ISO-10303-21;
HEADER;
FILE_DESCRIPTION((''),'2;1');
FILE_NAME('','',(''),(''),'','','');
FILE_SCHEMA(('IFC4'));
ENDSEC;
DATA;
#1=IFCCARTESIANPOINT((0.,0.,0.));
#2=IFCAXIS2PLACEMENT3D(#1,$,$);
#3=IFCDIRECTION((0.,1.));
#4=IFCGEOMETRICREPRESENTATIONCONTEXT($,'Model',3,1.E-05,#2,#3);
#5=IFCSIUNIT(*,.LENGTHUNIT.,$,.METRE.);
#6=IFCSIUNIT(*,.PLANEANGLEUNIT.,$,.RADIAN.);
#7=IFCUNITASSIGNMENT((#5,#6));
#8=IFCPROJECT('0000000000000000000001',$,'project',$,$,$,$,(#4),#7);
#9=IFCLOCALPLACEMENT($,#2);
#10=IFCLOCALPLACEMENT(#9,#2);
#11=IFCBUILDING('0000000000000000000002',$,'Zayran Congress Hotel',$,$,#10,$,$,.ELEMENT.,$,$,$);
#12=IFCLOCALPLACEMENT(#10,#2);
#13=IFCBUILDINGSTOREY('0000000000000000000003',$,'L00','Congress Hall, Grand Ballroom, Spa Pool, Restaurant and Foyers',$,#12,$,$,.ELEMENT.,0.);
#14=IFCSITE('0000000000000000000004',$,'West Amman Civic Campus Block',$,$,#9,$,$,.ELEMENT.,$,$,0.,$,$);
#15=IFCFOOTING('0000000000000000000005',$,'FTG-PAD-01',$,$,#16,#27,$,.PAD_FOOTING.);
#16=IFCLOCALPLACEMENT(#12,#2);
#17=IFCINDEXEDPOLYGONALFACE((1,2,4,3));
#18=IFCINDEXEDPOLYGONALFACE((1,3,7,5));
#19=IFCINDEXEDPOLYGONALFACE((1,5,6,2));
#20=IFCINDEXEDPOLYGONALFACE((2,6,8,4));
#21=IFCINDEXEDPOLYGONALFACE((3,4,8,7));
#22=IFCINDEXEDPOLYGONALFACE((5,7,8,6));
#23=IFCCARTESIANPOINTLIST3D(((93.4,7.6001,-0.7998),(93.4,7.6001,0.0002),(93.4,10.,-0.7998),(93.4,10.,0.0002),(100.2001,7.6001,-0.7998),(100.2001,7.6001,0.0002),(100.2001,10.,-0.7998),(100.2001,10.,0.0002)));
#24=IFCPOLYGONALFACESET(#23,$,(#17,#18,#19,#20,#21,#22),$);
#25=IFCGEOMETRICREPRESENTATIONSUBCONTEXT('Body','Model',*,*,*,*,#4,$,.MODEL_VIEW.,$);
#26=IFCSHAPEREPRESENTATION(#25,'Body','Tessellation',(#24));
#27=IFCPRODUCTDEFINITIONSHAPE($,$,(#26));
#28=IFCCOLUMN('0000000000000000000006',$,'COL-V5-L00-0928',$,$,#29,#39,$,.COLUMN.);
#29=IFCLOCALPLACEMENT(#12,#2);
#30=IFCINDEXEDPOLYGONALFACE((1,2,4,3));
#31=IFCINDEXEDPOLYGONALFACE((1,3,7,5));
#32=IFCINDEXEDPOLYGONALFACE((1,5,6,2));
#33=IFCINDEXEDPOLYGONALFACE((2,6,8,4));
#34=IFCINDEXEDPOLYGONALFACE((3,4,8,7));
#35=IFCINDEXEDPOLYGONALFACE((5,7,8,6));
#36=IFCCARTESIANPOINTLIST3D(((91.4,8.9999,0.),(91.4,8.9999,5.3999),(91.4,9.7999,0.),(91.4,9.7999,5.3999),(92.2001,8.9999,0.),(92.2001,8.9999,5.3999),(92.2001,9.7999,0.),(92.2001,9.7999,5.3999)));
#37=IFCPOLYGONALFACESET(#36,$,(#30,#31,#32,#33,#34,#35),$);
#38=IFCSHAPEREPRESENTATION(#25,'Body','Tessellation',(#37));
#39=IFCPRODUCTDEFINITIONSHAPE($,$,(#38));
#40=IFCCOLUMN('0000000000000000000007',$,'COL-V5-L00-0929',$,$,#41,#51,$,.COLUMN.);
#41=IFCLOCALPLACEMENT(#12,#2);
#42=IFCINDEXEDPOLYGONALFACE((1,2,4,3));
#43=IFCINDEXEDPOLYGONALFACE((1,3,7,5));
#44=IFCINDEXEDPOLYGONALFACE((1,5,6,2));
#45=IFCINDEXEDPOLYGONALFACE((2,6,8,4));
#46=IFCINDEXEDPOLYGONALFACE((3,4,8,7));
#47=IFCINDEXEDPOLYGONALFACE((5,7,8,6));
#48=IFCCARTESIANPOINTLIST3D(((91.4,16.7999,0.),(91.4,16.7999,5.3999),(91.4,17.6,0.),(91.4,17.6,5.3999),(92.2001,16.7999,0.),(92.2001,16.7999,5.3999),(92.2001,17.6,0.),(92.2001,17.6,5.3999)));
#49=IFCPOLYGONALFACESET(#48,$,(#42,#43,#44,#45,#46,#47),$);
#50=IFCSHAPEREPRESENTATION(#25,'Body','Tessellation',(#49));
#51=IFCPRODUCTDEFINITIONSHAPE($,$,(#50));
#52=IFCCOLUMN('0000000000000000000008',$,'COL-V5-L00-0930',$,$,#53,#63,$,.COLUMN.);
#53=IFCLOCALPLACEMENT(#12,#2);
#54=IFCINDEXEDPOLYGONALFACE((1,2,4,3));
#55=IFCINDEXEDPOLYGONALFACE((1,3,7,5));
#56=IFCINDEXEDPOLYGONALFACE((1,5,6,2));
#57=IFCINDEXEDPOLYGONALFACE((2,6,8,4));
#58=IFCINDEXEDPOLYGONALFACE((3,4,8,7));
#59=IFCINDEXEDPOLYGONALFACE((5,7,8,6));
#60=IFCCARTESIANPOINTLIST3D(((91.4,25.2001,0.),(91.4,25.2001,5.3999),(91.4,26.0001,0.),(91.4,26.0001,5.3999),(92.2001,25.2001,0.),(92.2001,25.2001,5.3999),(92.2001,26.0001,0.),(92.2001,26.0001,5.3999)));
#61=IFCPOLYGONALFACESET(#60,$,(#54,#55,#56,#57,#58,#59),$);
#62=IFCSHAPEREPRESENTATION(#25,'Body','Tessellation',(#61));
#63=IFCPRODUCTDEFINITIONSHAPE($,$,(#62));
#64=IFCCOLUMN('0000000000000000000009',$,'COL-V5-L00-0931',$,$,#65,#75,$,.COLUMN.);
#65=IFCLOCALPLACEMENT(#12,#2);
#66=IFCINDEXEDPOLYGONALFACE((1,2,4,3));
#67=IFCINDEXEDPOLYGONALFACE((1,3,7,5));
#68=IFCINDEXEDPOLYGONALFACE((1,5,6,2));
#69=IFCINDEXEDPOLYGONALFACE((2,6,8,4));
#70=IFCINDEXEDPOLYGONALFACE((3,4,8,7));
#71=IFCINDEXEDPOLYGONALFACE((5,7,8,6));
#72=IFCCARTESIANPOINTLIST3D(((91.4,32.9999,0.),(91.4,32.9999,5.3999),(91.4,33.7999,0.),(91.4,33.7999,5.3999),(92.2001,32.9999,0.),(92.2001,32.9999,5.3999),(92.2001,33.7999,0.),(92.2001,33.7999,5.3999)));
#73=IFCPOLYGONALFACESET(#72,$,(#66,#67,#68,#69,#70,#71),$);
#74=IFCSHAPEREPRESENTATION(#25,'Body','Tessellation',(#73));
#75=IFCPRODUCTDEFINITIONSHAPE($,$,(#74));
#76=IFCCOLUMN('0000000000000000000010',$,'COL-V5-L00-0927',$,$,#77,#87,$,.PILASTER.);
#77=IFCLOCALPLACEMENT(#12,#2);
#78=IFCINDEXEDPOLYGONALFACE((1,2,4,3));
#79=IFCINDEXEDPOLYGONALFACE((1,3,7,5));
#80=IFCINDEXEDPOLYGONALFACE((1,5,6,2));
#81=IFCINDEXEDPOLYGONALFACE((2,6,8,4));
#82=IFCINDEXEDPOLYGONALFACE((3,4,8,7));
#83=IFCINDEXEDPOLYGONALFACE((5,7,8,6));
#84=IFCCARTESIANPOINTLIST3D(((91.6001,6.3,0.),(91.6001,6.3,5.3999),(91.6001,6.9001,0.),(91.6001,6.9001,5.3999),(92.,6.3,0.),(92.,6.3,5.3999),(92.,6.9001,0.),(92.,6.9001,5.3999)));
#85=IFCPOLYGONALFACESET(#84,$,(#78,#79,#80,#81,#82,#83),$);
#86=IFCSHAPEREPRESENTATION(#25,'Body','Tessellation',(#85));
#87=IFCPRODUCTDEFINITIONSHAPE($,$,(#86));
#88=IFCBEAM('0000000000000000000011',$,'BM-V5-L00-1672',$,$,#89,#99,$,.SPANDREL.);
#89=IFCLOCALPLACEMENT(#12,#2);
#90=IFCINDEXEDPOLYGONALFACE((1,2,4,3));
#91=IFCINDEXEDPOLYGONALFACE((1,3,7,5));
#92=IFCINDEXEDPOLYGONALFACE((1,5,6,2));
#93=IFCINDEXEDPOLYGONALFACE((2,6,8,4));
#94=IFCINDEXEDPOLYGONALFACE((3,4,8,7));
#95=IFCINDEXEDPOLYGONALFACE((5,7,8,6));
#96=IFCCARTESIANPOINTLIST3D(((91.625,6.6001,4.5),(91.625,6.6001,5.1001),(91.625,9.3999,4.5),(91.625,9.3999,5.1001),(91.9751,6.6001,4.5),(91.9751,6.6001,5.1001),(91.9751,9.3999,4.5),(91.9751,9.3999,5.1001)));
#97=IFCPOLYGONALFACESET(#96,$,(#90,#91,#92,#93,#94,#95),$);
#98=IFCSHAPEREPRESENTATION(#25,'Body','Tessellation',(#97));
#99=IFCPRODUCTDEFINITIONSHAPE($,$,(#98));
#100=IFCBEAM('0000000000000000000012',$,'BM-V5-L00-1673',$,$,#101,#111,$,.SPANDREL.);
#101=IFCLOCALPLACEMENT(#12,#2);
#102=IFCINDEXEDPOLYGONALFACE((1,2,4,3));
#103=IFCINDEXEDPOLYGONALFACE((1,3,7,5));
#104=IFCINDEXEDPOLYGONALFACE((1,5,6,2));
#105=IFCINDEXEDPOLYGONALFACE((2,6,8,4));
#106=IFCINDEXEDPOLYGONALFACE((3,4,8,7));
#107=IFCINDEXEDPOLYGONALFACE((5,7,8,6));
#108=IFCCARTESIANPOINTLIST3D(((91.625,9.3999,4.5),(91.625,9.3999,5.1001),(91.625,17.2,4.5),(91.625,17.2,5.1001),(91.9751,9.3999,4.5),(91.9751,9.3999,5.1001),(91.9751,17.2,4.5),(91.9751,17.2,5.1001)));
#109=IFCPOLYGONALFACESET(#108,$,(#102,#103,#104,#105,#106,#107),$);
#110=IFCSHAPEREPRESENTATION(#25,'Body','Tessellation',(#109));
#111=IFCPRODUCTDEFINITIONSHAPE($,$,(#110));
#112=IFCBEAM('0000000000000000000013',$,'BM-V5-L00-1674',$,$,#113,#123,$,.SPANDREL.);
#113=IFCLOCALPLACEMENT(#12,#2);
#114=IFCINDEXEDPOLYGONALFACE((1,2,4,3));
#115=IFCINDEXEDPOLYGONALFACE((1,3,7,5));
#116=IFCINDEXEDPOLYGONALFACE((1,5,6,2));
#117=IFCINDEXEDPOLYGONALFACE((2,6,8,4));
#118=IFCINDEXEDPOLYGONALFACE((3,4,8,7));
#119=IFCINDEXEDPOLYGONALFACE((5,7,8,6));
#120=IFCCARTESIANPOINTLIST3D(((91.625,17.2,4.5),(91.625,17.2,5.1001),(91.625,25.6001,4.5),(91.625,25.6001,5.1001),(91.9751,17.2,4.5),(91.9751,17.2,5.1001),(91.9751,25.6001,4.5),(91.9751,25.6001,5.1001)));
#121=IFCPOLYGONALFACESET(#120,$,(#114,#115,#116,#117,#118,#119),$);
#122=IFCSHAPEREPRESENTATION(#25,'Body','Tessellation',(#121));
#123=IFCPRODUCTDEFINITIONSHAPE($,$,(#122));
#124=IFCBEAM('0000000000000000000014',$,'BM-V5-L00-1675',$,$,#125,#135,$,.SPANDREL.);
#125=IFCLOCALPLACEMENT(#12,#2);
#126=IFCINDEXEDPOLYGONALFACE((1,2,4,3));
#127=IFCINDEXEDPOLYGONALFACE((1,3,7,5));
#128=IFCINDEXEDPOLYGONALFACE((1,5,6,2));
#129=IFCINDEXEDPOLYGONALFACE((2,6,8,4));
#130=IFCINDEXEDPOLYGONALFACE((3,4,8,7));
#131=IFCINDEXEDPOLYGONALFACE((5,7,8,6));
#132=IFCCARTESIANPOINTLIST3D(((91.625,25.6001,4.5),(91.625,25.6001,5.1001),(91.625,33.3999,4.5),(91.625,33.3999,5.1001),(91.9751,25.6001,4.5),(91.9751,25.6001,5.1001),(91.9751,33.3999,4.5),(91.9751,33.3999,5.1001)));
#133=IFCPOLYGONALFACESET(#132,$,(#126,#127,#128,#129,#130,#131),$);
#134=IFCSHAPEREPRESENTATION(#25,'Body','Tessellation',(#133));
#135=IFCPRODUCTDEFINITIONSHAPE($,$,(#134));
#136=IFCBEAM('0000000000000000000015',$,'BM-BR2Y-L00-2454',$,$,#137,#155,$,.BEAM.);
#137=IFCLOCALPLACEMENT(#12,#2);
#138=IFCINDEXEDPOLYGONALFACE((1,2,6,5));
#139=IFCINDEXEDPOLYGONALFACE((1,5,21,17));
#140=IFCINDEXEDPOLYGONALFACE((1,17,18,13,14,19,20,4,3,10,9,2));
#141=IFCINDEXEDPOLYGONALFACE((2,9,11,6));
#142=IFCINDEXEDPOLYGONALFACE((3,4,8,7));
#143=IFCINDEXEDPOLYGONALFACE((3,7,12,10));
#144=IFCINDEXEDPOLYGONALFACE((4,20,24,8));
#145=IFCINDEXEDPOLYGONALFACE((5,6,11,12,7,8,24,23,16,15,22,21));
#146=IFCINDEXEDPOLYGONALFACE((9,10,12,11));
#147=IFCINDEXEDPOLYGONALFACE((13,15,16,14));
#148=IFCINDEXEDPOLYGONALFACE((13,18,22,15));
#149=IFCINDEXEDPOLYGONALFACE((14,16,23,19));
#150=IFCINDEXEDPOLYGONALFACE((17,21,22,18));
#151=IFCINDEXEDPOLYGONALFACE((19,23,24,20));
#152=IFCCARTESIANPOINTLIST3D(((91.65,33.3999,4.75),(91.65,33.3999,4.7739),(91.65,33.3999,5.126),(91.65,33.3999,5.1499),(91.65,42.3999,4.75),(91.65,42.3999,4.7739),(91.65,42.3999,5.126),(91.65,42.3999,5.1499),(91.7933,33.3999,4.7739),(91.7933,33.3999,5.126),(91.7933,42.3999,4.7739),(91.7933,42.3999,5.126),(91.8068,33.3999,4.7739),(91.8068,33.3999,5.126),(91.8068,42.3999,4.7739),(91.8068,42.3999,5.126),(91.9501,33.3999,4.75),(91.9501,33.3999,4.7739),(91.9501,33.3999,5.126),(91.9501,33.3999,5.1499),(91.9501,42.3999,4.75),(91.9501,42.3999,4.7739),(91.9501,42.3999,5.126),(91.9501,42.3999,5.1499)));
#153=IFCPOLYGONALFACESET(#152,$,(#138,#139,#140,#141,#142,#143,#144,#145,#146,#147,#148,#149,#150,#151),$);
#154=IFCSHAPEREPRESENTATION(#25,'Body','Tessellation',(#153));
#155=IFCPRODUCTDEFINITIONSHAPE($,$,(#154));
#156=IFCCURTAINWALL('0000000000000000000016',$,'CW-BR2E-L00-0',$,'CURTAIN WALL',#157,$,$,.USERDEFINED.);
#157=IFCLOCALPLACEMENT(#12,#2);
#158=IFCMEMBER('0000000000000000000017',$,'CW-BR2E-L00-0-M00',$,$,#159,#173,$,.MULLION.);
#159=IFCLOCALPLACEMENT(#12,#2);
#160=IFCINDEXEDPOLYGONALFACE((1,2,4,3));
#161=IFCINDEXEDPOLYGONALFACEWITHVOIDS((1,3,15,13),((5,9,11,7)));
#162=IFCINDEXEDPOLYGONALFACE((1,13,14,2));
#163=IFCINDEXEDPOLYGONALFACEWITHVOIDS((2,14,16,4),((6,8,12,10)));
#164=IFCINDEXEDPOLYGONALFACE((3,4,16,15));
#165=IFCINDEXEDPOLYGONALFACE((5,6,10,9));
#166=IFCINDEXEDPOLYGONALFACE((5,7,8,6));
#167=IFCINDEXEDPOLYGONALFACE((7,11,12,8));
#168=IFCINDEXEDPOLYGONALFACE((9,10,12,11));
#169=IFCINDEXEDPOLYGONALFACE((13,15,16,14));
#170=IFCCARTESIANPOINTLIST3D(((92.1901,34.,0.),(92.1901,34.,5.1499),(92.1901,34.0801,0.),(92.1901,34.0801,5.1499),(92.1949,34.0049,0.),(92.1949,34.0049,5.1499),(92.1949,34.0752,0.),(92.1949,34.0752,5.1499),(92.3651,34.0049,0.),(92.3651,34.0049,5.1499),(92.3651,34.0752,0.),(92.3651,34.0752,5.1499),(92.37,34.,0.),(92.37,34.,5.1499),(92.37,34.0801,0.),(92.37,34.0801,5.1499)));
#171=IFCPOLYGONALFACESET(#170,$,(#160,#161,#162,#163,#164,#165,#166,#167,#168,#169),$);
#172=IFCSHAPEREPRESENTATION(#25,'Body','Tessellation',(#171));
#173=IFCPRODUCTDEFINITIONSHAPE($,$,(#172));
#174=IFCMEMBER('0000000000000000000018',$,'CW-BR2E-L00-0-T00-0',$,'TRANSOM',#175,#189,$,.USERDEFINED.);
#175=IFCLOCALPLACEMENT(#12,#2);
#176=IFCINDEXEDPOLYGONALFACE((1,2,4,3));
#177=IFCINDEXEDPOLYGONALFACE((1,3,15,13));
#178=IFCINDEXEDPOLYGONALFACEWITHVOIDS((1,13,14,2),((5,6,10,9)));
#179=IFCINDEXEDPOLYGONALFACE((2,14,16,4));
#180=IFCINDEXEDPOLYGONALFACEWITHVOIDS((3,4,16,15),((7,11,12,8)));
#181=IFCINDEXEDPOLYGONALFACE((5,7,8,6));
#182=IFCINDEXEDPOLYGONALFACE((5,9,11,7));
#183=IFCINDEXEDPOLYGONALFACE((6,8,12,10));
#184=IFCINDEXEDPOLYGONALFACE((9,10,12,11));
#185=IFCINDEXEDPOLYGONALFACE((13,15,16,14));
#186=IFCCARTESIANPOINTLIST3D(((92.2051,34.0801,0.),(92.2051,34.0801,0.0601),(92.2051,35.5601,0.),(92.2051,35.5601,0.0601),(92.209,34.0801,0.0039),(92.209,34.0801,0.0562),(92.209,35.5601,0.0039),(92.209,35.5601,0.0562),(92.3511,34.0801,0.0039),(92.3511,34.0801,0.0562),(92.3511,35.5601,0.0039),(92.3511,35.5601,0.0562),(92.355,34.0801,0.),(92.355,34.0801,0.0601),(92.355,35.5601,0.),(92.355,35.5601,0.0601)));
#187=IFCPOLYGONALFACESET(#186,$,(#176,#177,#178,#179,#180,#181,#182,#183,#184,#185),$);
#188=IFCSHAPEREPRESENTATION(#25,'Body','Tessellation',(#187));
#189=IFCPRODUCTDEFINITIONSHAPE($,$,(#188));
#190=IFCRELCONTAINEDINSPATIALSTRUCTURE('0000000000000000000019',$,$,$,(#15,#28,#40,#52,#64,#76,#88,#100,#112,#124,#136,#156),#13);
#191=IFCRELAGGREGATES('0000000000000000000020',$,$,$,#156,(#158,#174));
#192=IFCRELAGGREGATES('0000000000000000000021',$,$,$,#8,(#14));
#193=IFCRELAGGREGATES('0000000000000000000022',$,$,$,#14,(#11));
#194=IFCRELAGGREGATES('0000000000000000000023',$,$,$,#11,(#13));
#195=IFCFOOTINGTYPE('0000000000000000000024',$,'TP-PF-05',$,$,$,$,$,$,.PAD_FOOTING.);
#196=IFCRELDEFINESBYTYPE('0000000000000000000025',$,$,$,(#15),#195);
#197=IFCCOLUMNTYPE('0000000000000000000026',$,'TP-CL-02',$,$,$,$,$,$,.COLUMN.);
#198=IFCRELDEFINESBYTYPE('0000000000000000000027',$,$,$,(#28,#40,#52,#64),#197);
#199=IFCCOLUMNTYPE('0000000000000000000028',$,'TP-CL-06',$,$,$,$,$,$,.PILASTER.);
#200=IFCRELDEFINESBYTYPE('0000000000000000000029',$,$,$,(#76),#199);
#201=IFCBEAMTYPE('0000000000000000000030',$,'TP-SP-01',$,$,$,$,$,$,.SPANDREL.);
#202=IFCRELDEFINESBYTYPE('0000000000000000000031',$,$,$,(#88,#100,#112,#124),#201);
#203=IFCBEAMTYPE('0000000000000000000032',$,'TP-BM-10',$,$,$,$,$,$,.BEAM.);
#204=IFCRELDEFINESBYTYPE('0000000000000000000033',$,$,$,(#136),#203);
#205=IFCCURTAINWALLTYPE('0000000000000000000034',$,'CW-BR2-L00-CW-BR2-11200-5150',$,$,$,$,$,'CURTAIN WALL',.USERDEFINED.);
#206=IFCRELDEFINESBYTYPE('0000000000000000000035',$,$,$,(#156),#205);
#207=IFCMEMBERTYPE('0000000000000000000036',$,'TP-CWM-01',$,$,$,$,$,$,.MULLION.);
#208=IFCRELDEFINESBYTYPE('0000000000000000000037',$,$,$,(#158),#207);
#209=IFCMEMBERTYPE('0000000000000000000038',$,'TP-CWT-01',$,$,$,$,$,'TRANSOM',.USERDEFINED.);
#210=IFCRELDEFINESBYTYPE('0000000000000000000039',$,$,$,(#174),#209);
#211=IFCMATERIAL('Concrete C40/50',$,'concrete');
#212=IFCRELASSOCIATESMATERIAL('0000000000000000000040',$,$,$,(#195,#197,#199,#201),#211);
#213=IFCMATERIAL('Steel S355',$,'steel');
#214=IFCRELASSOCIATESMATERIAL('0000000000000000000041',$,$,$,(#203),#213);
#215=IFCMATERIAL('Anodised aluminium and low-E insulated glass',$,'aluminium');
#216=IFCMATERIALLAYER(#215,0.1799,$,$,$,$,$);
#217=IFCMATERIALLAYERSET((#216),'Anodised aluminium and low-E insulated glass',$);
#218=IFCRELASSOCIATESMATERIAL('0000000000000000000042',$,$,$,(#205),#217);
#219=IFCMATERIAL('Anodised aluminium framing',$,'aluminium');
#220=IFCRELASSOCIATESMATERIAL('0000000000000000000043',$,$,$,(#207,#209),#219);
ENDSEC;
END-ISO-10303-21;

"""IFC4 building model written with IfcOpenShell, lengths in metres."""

from ifc_helpers import new_model, si_unit, direction, frame, origin, origin_2d, place, context, subcontext, project, spatial, rectangle, hollow_rectangle, i_section, extrude, material, layer, layer_set, material_profile, profile_set, type_object, element, aggregate, save


model = new_model("IFC4")

# Units and contexts
model_context = context("Model", 3, precision=1e-05, world=origin(), true_north=direction((0.0, 1.0)))
body_context = subcontext(model_context, "Body", "Model", "MODEL_VIEW")
ifc_project = project(units=[si_unit("LENGTHUNIT", "METRE"), si_unit("PLANEANGLEUNIT", "RADIAN")], contexts=[model_context])

# Site, building, storey
site_placement = place(None, origin())
site = spatial("IfcSite", under=ifc_project, at=site_placement, Name="West Amman Civic Campus Block", CompositionType="ELEMENT", RefElevation=0.0)
building_placement = place(site_placement, origin())
building = spatial("IfcBuilding", under=site, at=building_placement, Name="Zayran Congress Hotel", CompositionType="ELEMENT")
storey_placement = place(building_placement, origin())
storey = spatial("IfcBuildingStorey", under=building, at=storey_placement, Name="L00", Description="Congress Hall, Grand Ballroom, Spa Pool, Restaurant and Foyers", CompositionType="ELEMENT", Elevation=0.0)

# Footing
ifc_material_1 = material(Name="Concrete C40/50", Category="concrete")
footing_type = type_object("IfcFootingType", Name="TP-PF-05", PredefinedType="PAD_FOOTING", material=ifc_material_1)
footing_placement = place(storey_placement, frame((96.8, 8.8, -0.7998), z_axis=(0.0, 0.0, 1.0), x_axis=(1.0, 0.0, 0.0)))
element("IfcFooting", 1, at=footing_placement, inside=storey, type_object=footing_type, Name="FTG-PAD-01", PredefinedType="PAD_FOOTING", context=body_context, shape_type="SweptSolid", body=[
    extrude(rectangle(XDim=6.8, YDim=2.3999, at=origin_2d()), origin(), (0.0, 0.0, 1.0), 0.8),
])

# Columns
ifc_material_profile_1 = material_profile(ifc_material_1, rectangle(XDim=0.8, YDim=0.8, at=origin_2d()), Name="RC 800x800")
ifc_profile_set_1 = profile_set([ifc_material_profile_1], Name="Concrete C40/50")
column_type_1 = type_object("IfcColumnType", Name="TP-CL-02", PredefinedType="COLUMN", material=ifc_profile_set_1)
for number, where, z_axis, x_axis, name in (
    (2, (91.8, 9.3999, 0.0), (0.0, 0.0, 1.0), (1.0, 0.0, 0.0), "COL-V5-L00-0928"),
    (3, (91.8, 17.2, 0.0), (0.0, 0.0, 1.0), (1.0, 0.0, 0.0), "COL-V5-L00-0929"),
    (4, (91.8, 25.6001, 0.0), (0.0, 0.0, 1.0), (1.0, 0.0, 0.0), "COL-V5-L00-0930"),
    (5, (91.8, 33.3999, 0.0), (0.0, 0.0, 1.0), (1.0, 0.0, 0.0), "COL-V5-L00-0931"),
):
    element("IfcColumn", number, at=place(storey_placement, frame(where, z_axis=z_axis, x_axis=x_axis)), inside=storey, type_object=column_type_1, Name=name, PredefinedType="COLUMN", context=body_context, shape_type="SweptSolid", body=[
        extrude(rectangle(XDim=0.8, YDim=0.8, at=origin_2d()), origin(), (0.0, 0.0, 1.0), 5.3999),
    ])
ifc_material_profile_2 = material_profile(ifc_material_1, rectangle(XDim=0.3999, YDim=0.6001, at=origin_2d()), Name="RC 600x400")
ifc_profile_set_2 = profile_set([ifc_material_profile_2], Name="Concrete C40/50")
column_type_2 = type_object("IfcColumnType", Name="TP-CL-06", PredefinedType="PILASTER", material=ifc_profile_set_2)
column_placement = place(storey_placement, frame((91.8, 6.6001, 0.0), z_axis=(0.0, 0.0, 1.0), x_axis=(1.0, 0.0, 0.0)))
element("IfcColumn", 6, at=column_placement, inside=storey, type_object=column_type_2, Name="COL-V5-L00-0927", PredefinedType="PILASTER", context=body_context, shape_type="SweptSolid", body=[
    extrude(rectangle(XDim=0.3999, YDim=0.6001, at=origin_2d()), origin(), (0.0, 0.0, 1.0), 5.3999),
])

# Beams
ifc_material_profile_3 = material_profile(ifc_material_1, rectangle(XDim=0.3501, YDim=0.6001, at=origin_2d()), Name="RC 350x600")
ifc_profile_set_3 = profile_set([ifc_material_profile_3], Name="Concrete C40/50")
beam_type_1 = type_object("IfcBeamType", Name="TP-SP-01", PredefinedType="SPANDREL", material=ifc_profile_set_3)
beam_1_placement = place(storey_placement, frame((91.8, 6.6001, 4.8), z_axis=(0.0, 1.0, 0.0), x_axis=(-1.0, 0.0, 0.0)))
element("IfcBeam", 7, at=beam_1_placement, inside=storey, type_object=beam_type_1, Name="BM-V5-L00-1672", PredefinedType="SPANDREL", context=body_context, shape_type="SweptSolid", body=[
    extrude(rectangle(XDim=0.3501, YDim=0.6001, at=origin_2d()), origin(), (0.0, 0.0, 1.0), 2.7998),
])
beam_2_placement = place(storey_placement, frame((91.8, 9.3999, 4.8), z_axis=(0.0, 1.0, 0.0), x_axis=(-1.0, 0.0, 0.0)))
element("IfcBeam", 8, at=beam_2_placement, inside=storey, type_object=beam_type_1, Name="BM-V5-L00-1673", PredefinedType="SPANDREL", context=body_context, shape_type="SweptSolid", body=[
    extrude(rectangle(XDim=0.3501, YDim=0.6001, at=origin_2d()), origin(), (0.0, 0.0, 1.0), 7.8),
])
beam_3_placement = place(storey_placement, frame((91.8, 17.2, 4.8), z_axis=(0.0, 1.0, 0.0), x_axis=(-1.0, 0.0, 0.0)))
element("IfcBeam", 9, at=beam_3_placement, inside=storey, type_object=beam_type_1, Name="BM-V5-L00-1674", PredefinedType="SPANDREL", context=body_context, shape_type="SweptSolid", body=[
    extrude(rectangle(XDim=0.3501, YDim=0.6001, at=origin_2d()), origin(), (0.0, 0.0, 1.0), 8.4001),
])
beam_4_placement = place(storey_placement, frame((91.8, 25.6001, 4.8), z_axis=(0.0, 1.0, 0.0), x_axis=(-1.0, 0.0, 0.0)))
element("IfcBeam", 10, at=beam_4_placement, inside=storey, type_object=beam_type_1, Name="BM-V5-L00-1675", PredefinedType="SPANDREL", context=body_context, shape_type="SweptSolid", body=[
    extrude(rectangle(XDim=0.3501, YDim=0.6001, at=origin_2d()), origin(), (0.0, 0.0, 1.0), 7.7998),
])
ifc_material_2 = material(Name="Steel S355", Category="steel")
ifc_material_profile_4 = material_profile(ifc_material_2, i_section(OverallWidth=0.3, OverallDepth=0.3999, WebThickness=0.0134, FlangeThickness=0.0239, at=origin_2d()), Name="HEB 400")
ifc_profile_set_4 = profile_set([ifc_material_profile_4], Name="Steel S355")
beam_type_2 = type_object("IfcBeamType", Name="TP-BM-10", PredefinedType="BEAM", material=ifc_profile_set_4)
beam_5_placement = place(storey_placement, frame((91.8, 33.3999, 4.95), z_axis=(0.0, 1.0, 0.0), x_axis=(-1.0, 0.0, 0.0)))
element("IfcBeam", 11, at=beam_5_placement, inside=storey, type_object=beam_type_2, Name="BM-BR2Y-L00-2454", PredefinedType="BEAM", context=body_context, shape_type="SweptSolid", body=[
    extrude(i_section(OverallWidth=0.3, OverallDepth=0.3999, WebThickness=0.0134, FlangeThickness=0.0239, at=origin_2d()), origin(), (0.0, 0.0, 1.0), 9.0),
])

# Curtain wall, members
ifc_material_3 = material(Name="Anodised aluminium and low-E insulated glass", Category="aluminium")
ifc_layer_1 = layer(ifc_material_3, 0.1799)
ifc_layer_set_1 = layer_set([ifc_layer_1], Name="Anodised aluminium and low-E insulated glass")
curtain_wall_type = type_object("IfcCurtainWallType", Name="CW-BR2-L00-CW-BR2-11200-5150", ElementType="CURTAIN WALL", PredefinedType="USERDEFINED", material=ifc_layer_set_1)
curtain_wall_placement = place(storey_placement, origin())
curtain_wall = element("IfcCurtainWall", 12, at=curtain_wall_placement, inside=storey, type_object=curtain_wall_type, Name="CW-BR2E-L00-0", ObjectType="CURTAIN WALL", PredefinedType="USERDEFINED")
ifc_material_4 = material(Name="Anodised aluminium framing", Category="aluminium")
ifc_material_profile_5 = material_profile(ifc_material_4, hollow_rectangle(XDim=0.0801, YDim=0.1799, WallThickness=0.0049, at=origin_2d()), Name="RHS 180x80x5")
ifc_profile_set_5 = profile_set([ifc_material_profile_5], Name="Anodised aluminium framing")
member_type_1 = type_object("IfcMemberType", Name="TP-CWM-01", PredefinedType="MULLION", material=ifc_profile_set_5)
member_1_placement = place(storey_placement, frame((92.28, 34.04, 0.0), z_axis=(0.0, 0.0, 1.0), x_axis=(0.0, 1.0, 0.0)))
member_1 = element("IfcMember", 13, at=member_1_placement, type_object=member_type_1, Name="CW-BR2E-L00-0-M00", PredefinedType="MULLION", context=body_context, shape_type="SweptSolid", body=[
    extrude(hollow_rectangle(XDim=0.0801, YDim=0.1799, WallThickness=0.0049, at=origin_2d()), origin(), (0.0, 0.0, 1.0), 5.1499),
])
ifc_material_profile_6 = material_profile(ifc_material_4, hollow_rectangle(XDim=0.0601, YDim=0.1499, WallThickness=0.0039, at=origin_2d()), Name="RHS 150x60x4")
ifc_profile_set_6 = profile_set([ifc_material_profile_6], Name="Anodised aluminium framing")
member_type_2 = type_object("IfcMemberType", Name="TP-CWT-01", ElementType="TRANSOM", PredefinedType="USERDEFINED", material=ifc_profile_set_6)
member_2_placement = place(storey_placement, frame((92.28, 34.0801, 0.03), z_axis=(0.0, 1.0, 0.0), x_axis=(0.0, 0.0, 1.0)))
member_2 = element("IfcMember", 14, at=member_2_placement, type_object=member_type_2, Name="CW-BR2E-L00-0-T00-0", ObjectType="TRANSOM", PredefinedType="USERDEFINED", context=body_context, shape_type="SweptSolid", body=[
    extrude(hollow_rectangle(XDim=0.0601, YDim=0.1499, WallThickness=0.0039, at=origin_2d()), origin(), (0.0, 0.0, 1.0), 1.48),
])
aggregate(curtain_wall, [member_1, member_2])

save(model, "model.ifc")
